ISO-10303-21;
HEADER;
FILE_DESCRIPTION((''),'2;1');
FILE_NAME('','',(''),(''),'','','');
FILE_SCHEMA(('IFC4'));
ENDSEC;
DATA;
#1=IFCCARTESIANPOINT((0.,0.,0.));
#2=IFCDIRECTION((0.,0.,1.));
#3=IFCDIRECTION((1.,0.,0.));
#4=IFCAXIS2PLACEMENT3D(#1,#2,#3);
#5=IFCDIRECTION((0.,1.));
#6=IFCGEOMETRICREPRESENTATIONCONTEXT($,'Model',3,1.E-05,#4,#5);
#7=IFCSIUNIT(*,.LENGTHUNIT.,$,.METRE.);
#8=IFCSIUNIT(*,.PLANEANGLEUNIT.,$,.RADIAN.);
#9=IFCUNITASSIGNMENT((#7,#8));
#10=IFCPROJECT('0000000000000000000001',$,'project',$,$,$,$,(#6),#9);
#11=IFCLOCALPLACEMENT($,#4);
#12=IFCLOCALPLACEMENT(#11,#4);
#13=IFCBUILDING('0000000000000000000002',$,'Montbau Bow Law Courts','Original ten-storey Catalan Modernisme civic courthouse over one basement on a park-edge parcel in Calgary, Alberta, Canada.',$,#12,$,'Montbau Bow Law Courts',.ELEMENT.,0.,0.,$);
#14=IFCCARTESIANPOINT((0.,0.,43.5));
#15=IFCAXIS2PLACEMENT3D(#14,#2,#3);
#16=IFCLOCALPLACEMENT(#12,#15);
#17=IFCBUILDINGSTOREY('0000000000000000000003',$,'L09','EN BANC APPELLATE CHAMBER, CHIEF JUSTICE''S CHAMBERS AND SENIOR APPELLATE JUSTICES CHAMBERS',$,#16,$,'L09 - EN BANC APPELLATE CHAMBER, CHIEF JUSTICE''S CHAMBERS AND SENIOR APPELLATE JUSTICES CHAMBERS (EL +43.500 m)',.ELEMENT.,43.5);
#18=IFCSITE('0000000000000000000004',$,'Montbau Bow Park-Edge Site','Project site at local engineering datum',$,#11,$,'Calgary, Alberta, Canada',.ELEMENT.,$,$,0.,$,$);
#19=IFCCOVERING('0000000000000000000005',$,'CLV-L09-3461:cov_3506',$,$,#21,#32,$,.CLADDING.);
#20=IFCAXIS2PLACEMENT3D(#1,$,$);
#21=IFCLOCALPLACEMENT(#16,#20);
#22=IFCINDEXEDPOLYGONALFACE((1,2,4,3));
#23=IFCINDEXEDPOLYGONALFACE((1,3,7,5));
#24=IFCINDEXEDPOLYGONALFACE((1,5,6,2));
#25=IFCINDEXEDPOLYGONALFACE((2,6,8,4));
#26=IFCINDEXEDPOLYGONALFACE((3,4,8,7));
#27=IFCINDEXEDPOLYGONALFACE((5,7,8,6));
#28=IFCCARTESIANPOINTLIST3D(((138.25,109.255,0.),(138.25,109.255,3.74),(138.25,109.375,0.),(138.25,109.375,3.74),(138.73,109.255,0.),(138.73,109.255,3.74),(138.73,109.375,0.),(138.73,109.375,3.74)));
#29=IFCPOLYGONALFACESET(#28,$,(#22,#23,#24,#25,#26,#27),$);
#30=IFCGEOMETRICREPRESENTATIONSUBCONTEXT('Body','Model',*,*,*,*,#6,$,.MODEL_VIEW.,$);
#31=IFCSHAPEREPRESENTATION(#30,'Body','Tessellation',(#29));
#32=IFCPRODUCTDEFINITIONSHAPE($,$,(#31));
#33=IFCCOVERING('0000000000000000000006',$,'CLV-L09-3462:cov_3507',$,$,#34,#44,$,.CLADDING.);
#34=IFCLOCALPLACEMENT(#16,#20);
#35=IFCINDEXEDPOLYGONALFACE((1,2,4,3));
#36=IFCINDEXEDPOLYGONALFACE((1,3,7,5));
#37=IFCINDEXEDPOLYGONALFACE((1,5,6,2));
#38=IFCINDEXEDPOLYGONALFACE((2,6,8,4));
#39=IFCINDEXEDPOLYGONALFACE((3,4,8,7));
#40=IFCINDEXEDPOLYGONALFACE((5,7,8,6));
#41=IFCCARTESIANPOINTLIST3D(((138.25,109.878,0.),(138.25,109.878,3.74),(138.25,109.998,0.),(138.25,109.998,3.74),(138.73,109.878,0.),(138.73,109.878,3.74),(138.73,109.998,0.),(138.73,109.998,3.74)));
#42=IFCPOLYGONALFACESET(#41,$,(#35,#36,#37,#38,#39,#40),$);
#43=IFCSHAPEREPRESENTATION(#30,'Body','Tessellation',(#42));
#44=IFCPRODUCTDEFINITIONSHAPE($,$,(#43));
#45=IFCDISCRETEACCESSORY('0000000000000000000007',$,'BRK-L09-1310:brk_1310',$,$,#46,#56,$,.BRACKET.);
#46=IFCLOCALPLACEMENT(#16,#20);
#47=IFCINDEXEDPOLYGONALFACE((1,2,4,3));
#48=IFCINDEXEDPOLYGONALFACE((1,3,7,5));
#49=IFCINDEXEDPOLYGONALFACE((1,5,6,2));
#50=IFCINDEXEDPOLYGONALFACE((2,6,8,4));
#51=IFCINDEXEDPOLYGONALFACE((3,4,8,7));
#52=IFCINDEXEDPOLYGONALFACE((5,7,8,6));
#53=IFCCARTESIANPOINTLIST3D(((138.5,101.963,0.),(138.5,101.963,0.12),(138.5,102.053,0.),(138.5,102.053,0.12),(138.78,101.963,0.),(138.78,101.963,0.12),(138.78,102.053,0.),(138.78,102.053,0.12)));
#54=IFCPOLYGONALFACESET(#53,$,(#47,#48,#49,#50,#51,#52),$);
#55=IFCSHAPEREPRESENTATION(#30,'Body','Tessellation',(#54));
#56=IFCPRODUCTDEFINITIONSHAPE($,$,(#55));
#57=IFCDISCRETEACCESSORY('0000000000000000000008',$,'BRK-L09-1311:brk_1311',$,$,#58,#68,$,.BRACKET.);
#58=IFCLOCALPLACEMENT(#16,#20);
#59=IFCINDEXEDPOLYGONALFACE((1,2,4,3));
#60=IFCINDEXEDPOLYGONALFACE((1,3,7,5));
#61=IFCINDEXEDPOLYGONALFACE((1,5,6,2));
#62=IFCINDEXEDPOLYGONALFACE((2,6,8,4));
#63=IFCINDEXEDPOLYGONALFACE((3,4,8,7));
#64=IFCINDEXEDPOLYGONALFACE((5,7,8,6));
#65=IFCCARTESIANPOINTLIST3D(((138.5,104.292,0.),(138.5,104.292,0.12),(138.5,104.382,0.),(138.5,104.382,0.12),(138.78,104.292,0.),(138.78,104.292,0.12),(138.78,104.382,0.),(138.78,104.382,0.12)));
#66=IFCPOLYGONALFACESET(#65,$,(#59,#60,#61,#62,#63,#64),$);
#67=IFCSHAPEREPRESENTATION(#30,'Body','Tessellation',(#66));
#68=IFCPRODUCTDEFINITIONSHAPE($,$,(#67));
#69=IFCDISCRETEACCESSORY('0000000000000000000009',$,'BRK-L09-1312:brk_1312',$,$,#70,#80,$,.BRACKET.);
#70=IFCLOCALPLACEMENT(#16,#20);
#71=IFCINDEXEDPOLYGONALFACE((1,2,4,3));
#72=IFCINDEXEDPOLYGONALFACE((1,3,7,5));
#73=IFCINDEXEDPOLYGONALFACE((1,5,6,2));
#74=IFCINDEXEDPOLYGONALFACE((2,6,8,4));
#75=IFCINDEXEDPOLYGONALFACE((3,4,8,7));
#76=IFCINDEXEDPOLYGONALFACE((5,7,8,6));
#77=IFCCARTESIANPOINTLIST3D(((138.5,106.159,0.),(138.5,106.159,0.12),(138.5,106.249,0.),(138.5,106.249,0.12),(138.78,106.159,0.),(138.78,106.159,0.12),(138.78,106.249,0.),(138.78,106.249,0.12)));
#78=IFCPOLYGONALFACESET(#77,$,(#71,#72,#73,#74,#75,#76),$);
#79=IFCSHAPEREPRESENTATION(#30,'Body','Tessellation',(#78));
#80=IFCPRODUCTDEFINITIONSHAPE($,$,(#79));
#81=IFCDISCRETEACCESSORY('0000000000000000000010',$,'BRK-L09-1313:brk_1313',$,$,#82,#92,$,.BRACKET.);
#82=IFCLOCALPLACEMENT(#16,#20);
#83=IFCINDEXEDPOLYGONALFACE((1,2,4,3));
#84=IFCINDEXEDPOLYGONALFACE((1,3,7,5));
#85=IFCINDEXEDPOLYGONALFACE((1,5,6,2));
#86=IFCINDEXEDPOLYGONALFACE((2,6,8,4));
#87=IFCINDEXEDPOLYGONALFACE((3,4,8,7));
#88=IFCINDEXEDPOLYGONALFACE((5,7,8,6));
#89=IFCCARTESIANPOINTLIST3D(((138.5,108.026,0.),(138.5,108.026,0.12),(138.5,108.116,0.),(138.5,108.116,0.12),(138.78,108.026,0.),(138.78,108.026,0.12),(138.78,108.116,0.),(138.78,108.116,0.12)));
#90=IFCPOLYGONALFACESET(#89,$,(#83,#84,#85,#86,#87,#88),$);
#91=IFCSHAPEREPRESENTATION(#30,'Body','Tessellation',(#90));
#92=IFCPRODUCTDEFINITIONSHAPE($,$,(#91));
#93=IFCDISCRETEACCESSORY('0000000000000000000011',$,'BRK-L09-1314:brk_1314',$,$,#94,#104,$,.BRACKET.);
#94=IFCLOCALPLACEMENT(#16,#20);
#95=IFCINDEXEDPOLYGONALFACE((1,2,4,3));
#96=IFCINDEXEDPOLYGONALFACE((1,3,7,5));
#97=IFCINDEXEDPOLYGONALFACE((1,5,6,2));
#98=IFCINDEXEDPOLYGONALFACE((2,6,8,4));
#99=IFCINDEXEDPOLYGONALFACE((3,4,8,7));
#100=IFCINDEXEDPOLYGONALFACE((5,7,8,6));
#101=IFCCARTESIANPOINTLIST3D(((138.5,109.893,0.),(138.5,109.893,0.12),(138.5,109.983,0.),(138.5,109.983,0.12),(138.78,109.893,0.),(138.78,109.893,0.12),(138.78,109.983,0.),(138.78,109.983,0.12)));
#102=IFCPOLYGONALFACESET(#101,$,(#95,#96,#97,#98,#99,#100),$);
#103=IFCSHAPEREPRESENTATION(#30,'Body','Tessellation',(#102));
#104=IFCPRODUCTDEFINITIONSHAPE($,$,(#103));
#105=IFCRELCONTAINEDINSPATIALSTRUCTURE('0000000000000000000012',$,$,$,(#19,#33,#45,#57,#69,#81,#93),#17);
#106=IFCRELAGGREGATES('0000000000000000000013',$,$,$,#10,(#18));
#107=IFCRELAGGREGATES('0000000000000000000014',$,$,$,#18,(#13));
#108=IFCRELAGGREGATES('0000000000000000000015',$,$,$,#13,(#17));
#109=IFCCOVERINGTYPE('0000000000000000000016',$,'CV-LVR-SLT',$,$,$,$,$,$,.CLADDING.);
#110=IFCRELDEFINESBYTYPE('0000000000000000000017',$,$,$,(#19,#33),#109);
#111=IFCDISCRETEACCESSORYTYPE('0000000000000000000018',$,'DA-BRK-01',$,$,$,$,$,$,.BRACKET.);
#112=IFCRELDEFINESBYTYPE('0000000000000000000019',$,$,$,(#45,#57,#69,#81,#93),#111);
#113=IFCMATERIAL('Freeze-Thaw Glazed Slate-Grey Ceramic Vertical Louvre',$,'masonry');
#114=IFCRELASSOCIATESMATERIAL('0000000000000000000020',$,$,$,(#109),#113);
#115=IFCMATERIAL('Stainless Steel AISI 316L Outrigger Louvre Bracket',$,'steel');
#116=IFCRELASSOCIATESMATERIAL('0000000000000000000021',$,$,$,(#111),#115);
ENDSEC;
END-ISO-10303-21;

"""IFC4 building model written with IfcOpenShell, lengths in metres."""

from ifc_helpers import new_model, si_unit, direction, frame, frame_2d, origin_with_axes, origin_2d_with_axis, place, context, subcontext, project, spatial, rectangle, extrude, material, type_object, element, save


model = new_model("IFC4")

# Units and contexts
model_context = context("Model", 3, precision=1e-05, world=origin_with_axes(), true_north=direction((0.0, 1.0)))
body_context = subcontext(model_context, "Body", "Model", "MODEL_VIEW")
ifc_project = project(units=[si_unit("LENGTHUNIT", "METRE"), si_unit("PLANEANGLEUNIT", "RADIAN")], contexts=[model_context])

# Site, building, storey
site_placement = place(None, origin_with_axes())
site = spatial("IfcSite", under=ifc_project, at=site_placement, Name="Montbau Bow Park-Edge Site", Description="Project site at local engineering datum", LongName="Calgary, Alberta, Canada", CompositionType="ELEMENT", RefElevation=0.0)
building_placement = place(site_placement, origin_with_axes())
building = spatial("IfcBuilding", under=site, at=building_placement, Name="Montbau Bow Law Courts", Description="Original ten-storey Catalan Modernisme civic courthouse over one basement on a park-edge parcel in Calgary, Alberta, Canada.", LongName="Montbau Bow Law Courts", CompositionType="ELEMENT", ElevationOfRefHeight=0.0, ElevationOfTerrain=0.0)
storey_placement = place(building_placement, frame((0.0, 0.0, 43.5), z_axis=(0.0, 0.0, 1.0), x_axis=(1.0, 0.0, 0.0)))
storey = spatial("IfcBuildingStorey", under=building, at=storey_placement, Name="L09", Description="EN BANC APPELLATE CHAMBER, CHIEF JUSTICE'S CHAMBERS AND SENIOR APPELLATE JUSTICES CHAMBERS", LongName="L09 - EN BANC APPELLATE CHAMBER, CHIEF JUSTICE'S CHAMBERS AND SENIOR APPELLATE JUSTICES CHAMBERS (EL +43.500 m)", CompositionType="ELEMENT", Elevation=43.5)

# Coverings
ifc_material_1 = material(Name="Freeze-Thaw Glazed Slate-Grey Ceramic Vertical Louvre", Category="masonry")
covering_type = type_object("IfcCoveringType", Name="CV-LVR-SLT", PredefinedType="CLADDING", material=ifc_material_1)
for number, where, z_axis, x_axis, name in (
    (1, (138.73, 109.315, 43.5), (0.0, 1.0, 0.0), (-1.0, 0.0, 0.0), "CLV-L09-3461:cov_3506"),
    (2, (138.73, 109.938, 43.5), (0.0, 1.0, 0.0), (-1.0, 0.0, 0.0), "CLV-L09-3462:cov_3507"),
):
    element("IfcCovering", number, at=place(None, frame(where, z_axis=z_axis, x_axis=x_axis)), inside=storey, type_object=covering_type, Name=name, PredefinedType="CLADDING", context=body_context, shape_type="SweptSolid", body=[
        extrude(rectangle(XDim=0.48, YDim=3.74, at=frame_2d((0.24, 1.87), x_axis=(1.0, 0.0))), frame((0.0, 0.0, -0.06), z_axis=(0.0, 0.0, 1.0), x_axis=(1.0, 0.0, 0.0)), (0.0, 0.0, 1.0), 0.12),
    ])

# Discrete accessories
ifc_material_2 = material(Name="Stainless Steel AISI 316L Outrigger Louvre Bracket", Category="steel")
discrete_accessory_type = type_object("IfcDiscreteAccessoryType", Name="DA-BRK-01", PredefinedType="BRACKET", material=ifc_material_2)
for number, where, z_axis, x_axis, name in (
    (3, (138.64, 102.008, 43.5), (0.0, 0.0, 1.0), (-1.0, 0.0, 0.0), "BRK-L09-1310:brk_1310"),
    (4, (138.64, 104.337, 43.5), (0.0, 0.0, 1.0), (-1.0, 0.0, 0.0), "BRK-L09-1311:brk_1311"),
    (5, (138.64, 106.204, 43.5), (0.0, 0.0, 1.0), (-1.0, 0.0, 0.0), "BRK-L09-1312:brk_1312"),
    (6, (138.64, 108.071, 43.5), (0.0, 0.0, 1.0), (-1.0, 0.0, 0.0), "BRK-L09-1313:brk_1313"),
    (7, (138.64, 109.938, 43.5), (0.0, 0.0, 1.0), (-1.0, 0.0, 0.0), "BRK-L09-1314:brk_1314"),
):
    element("IfcDiscreteAccessory", number, at=place(None, frame(where, z_axis=z_axis, x_axis=x_axis)), inside=storey, type_object=discrete_accessory_type, Name=name, PredefinedType="BRACKET", context=body_context, shape_type="SweptSolid", body=[
        extrude(rectangle(XDim=0.28, YDim=0.09, at=origin_2d_with_axis()), origin_with_axes(), (0.0, 0.0, 1.0), 0.12),
    ])

save(model, "model.ifc")
